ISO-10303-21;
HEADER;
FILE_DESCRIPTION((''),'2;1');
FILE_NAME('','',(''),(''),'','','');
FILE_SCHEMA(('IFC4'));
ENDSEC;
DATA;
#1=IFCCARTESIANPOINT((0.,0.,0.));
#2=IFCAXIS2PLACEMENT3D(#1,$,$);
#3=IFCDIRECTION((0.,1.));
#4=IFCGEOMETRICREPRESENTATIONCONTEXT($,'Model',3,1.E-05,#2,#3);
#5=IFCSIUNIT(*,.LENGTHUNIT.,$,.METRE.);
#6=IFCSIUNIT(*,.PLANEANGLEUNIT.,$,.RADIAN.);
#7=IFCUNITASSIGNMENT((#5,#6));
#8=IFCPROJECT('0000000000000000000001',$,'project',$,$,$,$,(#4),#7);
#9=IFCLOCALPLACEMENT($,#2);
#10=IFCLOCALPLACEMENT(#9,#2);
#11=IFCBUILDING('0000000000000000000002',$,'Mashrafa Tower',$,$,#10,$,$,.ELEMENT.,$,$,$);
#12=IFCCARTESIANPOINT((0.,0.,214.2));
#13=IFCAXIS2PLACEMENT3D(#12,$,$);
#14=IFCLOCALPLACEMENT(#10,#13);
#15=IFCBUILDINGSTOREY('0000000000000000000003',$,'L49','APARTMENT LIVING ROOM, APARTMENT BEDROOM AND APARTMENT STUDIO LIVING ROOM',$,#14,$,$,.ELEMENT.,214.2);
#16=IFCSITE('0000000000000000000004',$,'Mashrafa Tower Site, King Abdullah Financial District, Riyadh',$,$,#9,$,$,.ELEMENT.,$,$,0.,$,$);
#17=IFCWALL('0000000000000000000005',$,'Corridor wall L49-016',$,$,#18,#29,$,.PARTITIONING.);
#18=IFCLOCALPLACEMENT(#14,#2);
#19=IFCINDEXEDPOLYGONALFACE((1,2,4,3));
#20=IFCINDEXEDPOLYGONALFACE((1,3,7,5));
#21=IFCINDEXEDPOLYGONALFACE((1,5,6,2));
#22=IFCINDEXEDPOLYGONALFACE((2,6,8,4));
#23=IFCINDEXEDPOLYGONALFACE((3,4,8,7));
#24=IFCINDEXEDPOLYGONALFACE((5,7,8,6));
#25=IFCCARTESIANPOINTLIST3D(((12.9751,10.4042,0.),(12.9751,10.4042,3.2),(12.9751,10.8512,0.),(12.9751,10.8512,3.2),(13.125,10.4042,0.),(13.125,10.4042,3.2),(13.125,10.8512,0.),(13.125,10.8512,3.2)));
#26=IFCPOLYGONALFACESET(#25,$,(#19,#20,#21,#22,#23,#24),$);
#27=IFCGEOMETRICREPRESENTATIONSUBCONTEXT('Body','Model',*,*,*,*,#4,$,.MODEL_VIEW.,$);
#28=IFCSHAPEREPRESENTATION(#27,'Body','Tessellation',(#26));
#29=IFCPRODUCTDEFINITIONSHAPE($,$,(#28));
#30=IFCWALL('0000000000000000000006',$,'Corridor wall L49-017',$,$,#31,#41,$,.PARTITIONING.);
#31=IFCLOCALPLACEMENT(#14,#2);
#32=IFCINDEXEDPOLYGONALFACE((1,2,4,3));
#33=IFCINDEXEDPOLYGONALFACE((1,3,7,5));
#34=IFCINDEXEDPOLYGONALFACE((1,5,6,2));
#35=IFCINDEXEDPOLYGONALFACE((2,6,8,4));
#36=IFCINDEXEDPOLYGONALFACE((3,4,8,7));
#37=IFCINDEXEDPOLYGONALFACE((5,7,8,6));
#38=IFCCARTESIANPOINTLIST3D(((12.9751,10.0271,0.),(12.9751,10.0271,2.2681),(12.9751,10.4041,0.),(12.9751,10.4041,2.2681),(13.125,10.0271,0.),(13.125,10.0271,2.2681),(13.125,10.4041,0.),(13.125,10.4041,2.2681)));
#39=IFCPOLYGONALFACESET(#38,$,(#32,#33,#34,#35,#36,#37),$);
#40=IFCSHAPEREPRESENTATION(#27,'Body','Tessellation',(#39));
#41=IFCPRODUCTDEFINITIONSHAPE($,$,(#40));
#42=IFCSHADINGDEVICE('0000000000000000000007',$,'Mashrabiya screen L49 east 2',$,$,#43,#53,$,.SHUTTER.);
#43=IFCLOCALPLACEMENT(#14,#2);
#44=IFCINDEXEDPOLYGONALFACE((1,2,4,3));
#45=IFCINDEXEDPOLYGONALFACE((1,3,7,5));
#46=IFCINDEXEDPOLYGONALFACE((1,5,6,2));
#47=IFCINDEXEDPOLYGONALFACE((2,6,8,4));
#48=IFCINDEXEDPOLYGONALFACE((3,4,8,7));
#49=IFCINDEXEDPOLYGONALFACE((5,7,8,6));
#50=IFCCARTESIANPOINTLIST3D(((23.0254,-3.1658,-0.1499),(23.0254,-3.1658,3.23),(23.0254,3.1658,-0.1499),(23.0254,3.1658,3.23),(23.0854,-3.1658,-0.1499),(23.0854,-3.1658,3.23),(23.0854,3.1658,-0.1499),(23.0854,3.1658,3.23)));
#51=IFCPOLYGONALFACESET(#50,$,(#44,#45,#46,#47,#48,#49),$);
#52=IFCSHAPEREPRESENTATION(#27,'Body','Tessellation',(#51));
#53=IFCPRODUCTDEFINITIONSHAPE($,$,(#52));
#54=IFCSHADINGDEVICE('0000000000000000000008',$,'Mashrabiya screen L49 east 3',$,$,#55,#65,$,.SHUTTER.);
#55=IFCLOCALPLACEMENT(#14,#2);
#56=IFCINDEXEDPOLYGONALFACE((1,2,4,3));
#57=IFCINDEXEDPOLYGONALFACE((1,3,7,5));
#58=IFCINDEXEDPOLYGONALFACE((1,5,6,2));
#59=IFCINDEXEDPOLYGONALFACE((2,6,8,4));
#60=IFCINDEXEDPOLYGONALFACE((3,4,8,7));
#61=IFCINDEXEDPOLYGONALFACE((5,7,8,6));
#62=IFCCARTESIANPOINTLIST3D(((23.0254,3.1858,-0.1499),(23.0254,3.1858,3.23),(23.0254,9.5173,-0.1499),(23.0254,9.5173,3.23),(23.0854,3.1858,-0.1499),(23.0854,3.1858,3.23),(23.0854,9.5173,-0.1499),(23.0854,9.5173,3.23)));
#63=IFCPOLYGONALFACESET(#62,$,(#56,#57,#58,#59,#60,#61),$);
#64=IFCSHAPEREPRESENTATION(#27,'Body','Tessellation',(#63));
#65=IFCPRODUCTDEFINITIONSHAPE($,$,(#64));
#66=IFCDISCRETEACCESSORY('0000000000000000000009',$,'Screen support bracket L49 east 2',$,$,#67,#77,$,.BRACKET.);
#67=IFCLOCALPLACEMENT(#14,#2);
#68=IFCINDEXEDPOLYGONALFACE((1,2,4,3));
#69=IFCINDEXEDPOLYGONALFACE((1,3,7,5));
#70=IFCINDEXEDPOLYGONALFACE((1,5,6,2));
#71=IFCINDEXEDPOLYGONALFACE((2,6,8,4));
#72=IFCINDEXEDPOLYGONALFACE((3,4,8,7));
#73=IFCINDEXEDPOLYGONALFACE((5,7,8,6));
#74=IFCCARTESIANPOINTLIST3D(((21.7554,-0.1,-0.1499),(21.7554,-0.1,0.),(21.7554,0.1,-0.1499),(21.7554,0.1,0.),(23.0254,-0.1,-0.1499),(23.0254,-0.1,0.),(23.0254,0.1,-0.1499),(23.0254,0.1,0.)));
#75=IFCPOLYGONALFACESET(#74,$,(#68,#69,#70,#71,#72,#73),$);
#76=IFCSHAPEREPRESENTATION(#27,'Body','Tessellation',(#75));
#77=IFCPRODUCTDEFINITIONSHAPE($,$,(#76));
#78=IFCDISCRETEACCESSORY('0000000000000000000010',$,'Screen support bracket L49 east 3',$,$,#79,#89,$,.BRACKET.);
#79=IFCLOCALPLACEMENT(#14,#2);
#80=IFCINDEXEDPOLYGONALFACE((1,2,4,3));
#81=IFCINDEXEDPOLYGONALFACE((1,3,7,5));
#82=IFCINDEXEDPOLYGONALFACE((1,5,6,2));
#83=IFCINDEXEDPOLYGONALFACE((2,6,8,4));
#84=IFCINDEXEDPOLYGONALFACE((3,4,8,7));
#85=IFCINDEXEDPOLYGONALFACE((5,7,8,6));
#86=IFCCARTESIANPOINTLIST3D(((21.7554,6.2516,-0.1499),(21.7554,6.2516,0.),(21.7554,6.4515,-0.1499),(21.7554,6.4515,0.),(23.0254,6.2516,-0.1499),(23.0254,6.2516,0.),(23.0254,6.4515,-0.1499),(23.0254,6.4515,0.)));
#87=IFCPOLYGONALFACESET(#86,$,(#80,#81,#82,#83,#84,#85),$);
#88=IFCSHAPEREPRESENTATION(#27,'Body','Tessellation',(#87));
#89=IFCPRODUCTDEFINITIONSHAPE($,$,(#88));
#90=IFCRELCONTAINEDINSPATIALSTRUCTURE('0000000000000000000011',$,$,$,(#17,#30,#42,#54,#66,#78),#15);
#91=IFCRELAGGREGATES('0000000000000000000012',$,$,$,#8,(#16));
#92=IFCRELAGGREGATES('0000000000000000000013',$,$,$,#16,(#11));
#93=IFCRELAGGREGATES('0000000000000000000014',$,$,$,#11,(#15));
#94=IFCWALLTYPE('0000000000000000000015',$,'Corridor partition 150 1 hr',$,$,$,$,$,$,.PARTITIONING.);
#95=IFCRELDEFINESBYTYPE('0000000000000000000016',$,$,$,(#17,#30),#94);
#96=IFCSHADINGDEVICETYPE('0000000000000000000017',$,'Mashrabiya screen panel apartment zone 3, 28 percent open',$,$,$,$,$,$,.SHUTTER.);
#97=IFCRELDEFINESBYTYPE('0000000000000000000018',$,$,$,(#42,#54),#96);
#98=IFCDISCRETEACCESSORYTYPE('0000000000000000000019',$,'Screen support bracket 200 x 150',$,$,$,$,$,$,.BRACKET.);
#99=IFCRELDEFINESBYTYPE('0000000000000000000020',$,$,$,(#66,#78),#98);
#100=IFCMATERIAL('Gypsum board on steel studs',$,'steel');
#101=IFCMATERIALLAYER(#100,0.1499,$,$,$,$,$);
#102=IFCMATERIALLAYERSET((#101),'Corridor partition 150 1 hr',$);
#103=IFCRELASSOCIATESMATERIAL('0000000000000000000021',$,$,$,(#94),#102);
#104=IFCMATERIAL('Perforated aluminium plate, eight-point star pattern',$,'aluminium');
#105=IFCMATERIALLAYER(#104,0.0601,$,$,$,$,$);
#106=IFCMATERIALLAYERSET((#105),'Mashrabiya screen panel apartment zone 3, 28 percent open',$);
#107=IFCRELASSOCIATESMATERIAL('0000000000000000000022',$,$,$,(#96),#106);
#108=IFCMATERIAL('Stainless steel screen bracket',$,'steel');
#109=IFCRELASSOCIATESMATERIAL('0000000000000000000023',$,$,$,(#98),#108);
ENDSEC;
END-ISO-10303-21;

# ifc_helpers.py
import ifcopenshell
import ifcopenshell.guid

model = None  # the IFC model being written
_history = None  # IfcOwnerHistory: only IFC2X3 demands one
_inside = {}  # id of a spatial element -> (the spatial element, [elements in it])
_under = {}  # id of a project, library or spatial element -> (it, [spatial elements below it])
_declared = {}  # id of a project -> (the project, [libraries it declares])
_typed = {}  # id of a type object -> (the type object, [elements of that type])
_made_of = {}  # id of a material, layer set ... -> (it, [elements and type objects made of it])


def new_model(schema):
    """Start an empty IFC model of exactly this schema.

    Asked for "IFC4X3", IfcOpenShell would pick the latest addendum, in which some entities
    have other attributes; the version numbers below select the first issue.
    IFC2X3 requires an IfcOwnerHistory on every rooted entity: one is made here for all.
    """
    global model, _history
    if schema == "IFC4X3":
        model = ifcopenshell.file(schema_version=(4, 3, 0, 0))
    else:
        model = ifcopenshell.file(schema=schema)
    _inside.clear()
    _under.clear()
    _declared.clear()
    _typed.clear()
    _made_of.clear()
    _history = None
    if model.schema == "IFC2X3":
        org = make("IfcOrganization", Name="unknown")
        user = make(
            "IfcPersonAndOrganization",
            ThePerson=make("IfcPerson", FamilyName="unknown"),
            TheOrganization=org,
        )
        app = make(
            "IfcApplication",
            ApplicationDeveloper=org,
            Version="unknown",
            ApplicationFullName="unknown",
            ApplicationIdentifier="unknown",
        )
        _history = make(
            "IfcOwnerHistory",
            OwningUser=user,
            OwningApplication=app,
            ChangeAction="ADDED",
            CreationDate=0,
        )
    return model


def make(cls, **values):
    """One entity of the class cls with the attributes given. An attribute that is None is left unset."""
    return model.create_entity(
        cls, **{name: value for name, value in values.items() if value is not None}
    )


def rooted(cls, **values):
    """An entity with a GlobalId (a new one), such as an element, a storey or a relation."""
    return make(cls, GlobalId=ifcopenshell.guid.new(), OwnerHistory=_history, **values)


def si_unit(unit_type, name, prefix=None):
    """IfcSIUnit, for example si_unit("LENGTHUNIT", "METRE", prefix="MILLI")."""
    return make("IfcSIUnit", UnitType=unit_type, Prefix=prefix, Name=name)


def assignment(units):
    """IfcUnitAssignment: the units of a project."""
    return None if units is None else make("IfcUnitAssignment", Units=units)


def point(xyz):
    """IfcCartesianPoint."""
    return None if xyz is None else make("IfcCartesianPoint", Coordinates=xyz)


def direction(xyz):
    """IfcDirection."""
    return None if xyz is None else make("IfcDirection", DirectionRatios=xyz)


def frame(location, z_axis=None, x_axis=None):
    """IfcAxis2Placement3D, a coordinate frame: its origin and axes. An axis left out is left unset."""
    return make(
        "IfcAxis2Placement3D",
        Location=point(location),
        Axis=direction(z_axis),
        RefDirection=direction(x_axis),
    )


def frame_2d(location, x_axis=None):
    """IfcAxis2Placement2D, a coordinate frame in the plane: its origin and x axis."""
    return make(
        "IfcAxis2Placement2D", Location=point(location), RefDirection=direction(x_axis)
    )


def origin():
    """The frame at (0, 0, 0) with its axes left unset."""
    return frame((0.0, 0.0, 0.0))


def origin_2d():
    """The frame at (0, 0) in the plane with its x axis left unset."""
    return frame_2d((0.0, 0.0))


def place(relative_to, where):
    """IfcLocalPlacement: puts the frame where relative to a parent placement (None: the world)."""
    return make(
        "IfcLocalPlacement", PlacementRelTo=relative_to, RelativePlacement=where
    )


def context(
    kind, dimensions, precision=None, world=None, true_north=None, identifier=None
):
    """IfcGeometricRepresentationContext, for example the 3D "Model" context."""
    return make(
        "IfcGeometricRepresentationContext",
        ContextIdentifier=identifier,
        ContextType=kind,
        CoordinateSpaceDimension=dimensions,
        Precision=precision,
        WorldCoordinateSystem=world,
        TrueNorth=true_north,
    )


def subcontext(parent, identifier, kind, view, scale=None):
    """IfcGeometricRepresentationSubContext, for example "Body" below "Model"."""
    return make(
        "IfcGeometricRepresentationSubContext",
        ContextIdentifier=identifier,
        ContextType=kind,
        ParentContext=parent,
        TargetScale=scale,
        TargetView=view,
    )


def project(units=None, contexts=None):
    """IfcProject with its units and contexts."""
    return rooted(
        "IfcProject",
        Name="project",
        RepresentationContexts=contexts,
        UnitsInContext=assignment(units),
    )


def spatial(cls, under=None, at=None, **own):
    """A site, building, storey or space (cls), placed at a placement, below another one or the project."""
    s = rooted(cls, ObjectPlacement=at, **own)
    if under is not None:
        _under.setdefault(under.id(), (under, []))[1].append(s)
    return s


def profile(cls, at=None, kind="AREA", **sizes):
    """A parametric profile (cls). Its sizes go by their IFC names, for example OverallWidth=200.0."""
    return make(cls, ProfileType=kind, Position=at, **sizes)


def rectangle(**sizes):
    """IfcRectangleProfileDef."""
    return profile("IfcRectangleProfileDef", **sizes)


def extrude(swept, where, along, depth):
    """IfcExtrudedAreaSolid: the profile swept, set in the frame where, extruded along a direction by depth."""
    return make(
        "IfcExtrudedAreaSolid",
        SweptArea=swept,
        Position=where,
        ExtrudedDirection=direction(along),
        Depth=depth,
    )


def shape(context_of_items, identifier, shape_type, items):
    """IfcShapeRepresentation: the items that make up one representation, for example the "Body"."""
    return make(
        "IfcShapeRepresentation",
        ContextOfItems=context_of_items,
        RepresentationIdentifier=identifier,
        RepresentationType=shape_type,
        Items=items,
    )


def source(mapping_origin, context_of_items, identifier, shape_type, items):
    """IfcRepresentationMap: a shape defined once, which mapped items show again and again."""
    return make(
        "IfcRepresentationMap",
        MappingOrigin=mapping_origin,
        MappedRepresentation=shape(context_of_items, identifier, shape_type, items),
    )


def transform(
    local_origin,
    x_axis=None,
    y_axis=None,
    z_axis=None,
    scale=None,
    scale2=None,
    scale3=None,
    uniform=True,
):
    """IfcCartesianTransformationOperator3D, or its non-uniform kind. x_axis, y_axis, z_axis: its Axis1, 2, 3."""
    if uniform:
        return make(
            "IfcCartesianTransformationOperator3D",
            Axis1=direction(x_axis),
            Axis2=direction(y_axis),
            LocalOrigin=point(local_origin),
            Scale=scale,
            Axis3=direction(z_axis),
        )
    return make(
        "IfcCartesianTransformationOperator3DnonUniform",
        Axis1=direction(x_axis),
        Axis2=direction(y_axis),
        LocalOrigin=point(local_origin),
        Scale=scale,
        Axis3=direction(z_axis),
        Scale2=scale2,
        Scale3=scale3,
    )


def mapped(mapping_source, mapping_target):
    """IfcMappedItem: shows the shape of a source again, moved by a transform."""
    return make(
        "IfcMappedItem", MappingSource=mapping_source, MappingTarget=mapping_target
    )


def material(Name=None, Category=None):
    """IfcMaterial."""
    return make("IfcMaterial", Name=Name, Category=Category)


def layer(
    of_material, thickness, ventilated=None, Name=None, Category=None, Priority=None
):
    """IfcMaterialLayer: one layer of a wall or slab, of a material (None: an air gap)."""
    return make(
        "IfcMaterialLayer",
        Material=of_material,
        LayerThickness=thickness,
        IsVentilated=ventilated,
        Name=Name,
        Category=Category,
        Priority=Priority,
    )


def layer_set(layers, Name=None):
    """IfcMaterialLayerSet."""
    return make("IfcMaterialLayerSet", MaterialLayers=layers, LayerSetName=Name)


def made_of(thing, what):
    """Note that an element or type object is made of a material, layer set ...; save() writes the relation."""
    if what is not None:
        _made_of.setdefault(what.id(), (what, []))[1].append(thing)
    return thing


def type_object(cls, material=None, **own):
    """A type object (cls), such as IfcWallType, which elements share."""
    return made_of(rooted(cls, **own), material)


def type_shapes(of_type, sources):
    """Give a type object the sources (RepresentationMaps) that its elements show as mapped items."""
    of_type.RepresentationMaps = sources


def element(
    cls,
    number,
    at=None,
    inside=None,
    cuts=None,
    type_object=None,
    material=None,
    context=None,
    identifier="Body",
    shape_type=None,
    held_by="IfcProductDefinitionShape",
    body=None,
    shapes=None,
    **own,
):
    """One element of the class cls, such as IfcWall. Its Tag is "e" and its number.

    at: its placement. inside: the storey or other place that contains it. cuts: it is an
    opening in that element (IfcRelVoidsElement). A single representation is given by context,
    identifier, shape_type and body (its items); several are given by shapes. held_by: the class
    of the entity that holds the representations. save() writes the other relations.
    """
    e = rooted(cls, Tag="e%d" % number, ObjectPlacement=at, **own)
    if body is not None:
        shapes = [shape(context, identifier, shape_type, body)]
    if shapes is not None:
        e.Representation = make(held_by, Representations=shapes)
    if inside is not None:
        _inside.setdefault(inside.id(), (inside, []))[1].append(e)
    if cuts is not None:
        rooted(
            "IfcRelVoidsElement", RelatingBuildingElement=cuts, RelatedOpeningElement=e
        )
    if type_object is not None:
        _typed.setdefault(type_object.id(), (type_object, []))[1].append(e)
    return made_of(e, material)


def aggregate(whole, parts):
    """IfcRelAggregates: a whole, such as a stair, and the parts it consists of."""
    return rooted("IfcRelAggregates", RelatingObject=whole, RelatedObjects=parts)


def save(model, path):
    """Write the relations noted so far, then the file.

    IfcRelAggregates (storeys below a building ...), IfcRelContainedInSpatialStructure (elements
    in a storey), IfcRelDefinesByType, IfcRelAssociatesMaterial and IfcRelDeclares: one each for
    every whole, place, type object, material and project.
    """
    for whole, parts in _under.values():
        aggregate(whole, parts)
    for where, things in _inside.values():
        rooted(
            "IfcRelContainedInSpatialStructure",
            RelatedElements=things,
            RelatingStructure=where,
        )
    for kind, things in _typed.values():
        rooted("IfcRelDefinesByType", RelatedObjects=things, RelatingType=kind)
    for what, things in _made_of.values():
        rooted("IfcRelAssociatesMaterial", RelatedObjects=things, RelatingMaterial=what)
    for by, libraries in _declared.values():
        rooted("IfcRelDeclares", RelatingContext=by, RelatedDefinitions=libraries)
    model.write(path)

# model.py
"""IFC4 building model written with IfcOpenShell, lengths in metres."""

from ifc_helpers import new_model, si_unit, direction, frame, frame_2d, origin, origin_2d, place, context, subcontext, project, spatial, rectangle, extrude, source, transform, mapped, material, layer, layer_set, type_object, type_shapes, element, save


model = new_model("IFC4")

# Units and contexts
model_context = context("Model", 3, precision=1e-05, world=origin(), true_north=direction((0.0, 1.0)))
body_context = subcontext(model_context, "Body", "Model", "MODEL_VIEW")
ifc_project = project(units=[si_unit("LENGTHUNIT", "METRE"), si_unit("PLANEANGLEUNIT", "RADIAN")], contexts=[model_context])

# Site, building, storey
site_placement = place(None, origin())
site = spatial("IfcSite", under=ifc_project, at=site_placement, Name="Mashrafa Tower Site, King Abdullah Financial District, Riyadh", CompositionType="ELEMENT", RefElevation=0.0)
building_placement = place(site_placement, origin())
building = spatial("IfcBuilding", under=site, at=building_placement, Name="Mashrafa Tower", CompositionType="ELEMENT")
storey_placement = place(building_placement, frame((0.0, 0.0, 214.2)))
storey = spatial("IfcBuildingStorey", under=building, at=storey_placement, Name="L49", Description="APARTMENT LIVING ROOM, APARTMENT BEDROOM AND APARTMENT STUDIO LIVING ROOM", CompositionType="ELEMENT", Elevation=214.2)

# Shared definitions
ifc_material_1 = material(Name="Gypsum board on steel studs", Category="steel")
ifc_layer_1 = layer(ifc_material_1, 0.1499)
ifc_layer_set_1 = layer_set([ifc_layer_1], Name="Corridor partition 150 1 hr")
wall_type_1 = type_object("IfcWallType", Name="Corridor partition 150 1 hr", PredefinedType="PARTITIONING", material=ifc_layer_set_1)

# Walls
wall_1_placement = place(storey_placement, frame((13.05, 10.4041, 0.0), z_axis=(0.0, 0.0, 1.0), x_axis=(0.0, 1.0, 0.0)))
element("IfcWall", 1, at=wall_1_placement, inside=storey, type_object=wall_type_1, Name="Corridor wall L49-016", PredefinedType="PARTITIONING", context=body_context, shape_type="SweptSolid", body=[
    extrude(rectangle(XDim=0.447, YDim=0.1499, at=frame_2d((0.2236, 0.0))), origin(), (0.0, 0.0, 1.0), 3.2),
])
wall_2_placement = place(storey_placement, frame((13.05, 10.0271, 0.0), z_axis=(0.0, 0.0, 1.0), x_axis=(0.0, 1.0, 0.0)))
element("IfcWall", 2, at=wall_2_placement, inside=storey, type_object=wall_type_1, Name="Corridor wall L49-017", PredefinedType="PARTITIONING", context=body_context, shape_type="SweptSolid", body=[
    extrude(rectangle(XDim=0.377, YDim=0.1499, at=frame_2d((0.1885, 0.0))), origin(), (0.0, 0.0, 1.0), 2.2681),
])

# Shading devices
ifc_material_2 = material(Name="Perforated aluminium plate, eight-point star pattern", Category="aluminium")
ifc_layer_2 = layer(ifc_material_2, 0.0601)
ifc_layer_set_2 = layer_set([ifc_layer_2], Name="Mashrabiya screen panel apartment zone 3, 28 percent open")
shading_device_type = type_object("IfcShadingDeviceType", Name="Mashrabiya screen panel apartment zone 3, 28 percent open", PredefinedType="SHUTTER", material=ifc_layer_set_2)
shared_shape_1 = source(origin(), body_context, "Body", "SweptSolid", [
    extrude(rectangle(XDim=6.3315, YDim=0.0601, at=origin_2d()), origin(), (0.0, 0.0, 1.0), 3.3799),
])
type_shapes(shading_device_type, [shared_shape_1])
for number, where, z_axis, x_axis, name in (
    (3, (23.0554, 0.0, -0.1499), (0.0, 0.0, 1.0), (0.0, 1.0, 0.0), "Mashrabiya screen L49 east 2"),
    (4, (23.0554, 6.3516, -0.1499), (0.0, 0.0, 1.0), (0.0, 1.0, 0.0), "Mashrabiya screen L49 east 3"),
):
    element("IfcShadingDevice", number, at=place(storey_placement, frame(where, z_axis=z_axis, x_axis=x_axis)), inside=storey, type_object=shading_device_type, Name=name, PredefinedType="SHUTTER", context=body_context, shape_type="MappedRepresentation", body=[
        mapped(shared_shape_1, transform((0.0, 0.0, 0.0))),
    ])

# Discrete accessories
ifc_material_3 = material(Name="Stainless steel screen bracket", Category="steel")
discrete_accessory_type = type_object("IfcDiscreteAccessoryType", Name="Screen support bracket 200 x 150", PredefinedType="BRACKET", material=ifc_material_3)
shared_shape_2 = source(origin(), body_context, "Body", "SweptSolid", [
    extrude(rectangle(XDim=0.2, YDim=1.27, at=origin_2d()), origin(), (0.0, 0.0, 1.0), 0.1499),
])
type_shapes(discrete_accessory_type, [shared_shape_2])
for number, where, z_axis, x_axis, name in (
    (5, (22.3904, 0.0, -0.1499), (0.0, 0.0, 1.0), (0.0, 1.0, 0.0), "Screen support bracket L49 east 2"),
    (6, (22.3904, 6.3516, -0.1499), (0.0, 0.0, 1.0), (0.0, 1.0, 0.0), "Screen support bracket L49 east 3"),
):
    element("IfcDiscreteAccessory", number, at=place(storey_placement, frame(where, z_axis=z_axis, x_axis=x_axis)), inside=storey, type_object=discrete_accessory_type, Name=name, PredefinedType="BRACKET", context=body_context, shape_type="MappedRepresentation", body=[
        mapped(shared_shape_2, transform((0.0, 0.0, 0.0))),
    ])

save(model, "model.ifc")
